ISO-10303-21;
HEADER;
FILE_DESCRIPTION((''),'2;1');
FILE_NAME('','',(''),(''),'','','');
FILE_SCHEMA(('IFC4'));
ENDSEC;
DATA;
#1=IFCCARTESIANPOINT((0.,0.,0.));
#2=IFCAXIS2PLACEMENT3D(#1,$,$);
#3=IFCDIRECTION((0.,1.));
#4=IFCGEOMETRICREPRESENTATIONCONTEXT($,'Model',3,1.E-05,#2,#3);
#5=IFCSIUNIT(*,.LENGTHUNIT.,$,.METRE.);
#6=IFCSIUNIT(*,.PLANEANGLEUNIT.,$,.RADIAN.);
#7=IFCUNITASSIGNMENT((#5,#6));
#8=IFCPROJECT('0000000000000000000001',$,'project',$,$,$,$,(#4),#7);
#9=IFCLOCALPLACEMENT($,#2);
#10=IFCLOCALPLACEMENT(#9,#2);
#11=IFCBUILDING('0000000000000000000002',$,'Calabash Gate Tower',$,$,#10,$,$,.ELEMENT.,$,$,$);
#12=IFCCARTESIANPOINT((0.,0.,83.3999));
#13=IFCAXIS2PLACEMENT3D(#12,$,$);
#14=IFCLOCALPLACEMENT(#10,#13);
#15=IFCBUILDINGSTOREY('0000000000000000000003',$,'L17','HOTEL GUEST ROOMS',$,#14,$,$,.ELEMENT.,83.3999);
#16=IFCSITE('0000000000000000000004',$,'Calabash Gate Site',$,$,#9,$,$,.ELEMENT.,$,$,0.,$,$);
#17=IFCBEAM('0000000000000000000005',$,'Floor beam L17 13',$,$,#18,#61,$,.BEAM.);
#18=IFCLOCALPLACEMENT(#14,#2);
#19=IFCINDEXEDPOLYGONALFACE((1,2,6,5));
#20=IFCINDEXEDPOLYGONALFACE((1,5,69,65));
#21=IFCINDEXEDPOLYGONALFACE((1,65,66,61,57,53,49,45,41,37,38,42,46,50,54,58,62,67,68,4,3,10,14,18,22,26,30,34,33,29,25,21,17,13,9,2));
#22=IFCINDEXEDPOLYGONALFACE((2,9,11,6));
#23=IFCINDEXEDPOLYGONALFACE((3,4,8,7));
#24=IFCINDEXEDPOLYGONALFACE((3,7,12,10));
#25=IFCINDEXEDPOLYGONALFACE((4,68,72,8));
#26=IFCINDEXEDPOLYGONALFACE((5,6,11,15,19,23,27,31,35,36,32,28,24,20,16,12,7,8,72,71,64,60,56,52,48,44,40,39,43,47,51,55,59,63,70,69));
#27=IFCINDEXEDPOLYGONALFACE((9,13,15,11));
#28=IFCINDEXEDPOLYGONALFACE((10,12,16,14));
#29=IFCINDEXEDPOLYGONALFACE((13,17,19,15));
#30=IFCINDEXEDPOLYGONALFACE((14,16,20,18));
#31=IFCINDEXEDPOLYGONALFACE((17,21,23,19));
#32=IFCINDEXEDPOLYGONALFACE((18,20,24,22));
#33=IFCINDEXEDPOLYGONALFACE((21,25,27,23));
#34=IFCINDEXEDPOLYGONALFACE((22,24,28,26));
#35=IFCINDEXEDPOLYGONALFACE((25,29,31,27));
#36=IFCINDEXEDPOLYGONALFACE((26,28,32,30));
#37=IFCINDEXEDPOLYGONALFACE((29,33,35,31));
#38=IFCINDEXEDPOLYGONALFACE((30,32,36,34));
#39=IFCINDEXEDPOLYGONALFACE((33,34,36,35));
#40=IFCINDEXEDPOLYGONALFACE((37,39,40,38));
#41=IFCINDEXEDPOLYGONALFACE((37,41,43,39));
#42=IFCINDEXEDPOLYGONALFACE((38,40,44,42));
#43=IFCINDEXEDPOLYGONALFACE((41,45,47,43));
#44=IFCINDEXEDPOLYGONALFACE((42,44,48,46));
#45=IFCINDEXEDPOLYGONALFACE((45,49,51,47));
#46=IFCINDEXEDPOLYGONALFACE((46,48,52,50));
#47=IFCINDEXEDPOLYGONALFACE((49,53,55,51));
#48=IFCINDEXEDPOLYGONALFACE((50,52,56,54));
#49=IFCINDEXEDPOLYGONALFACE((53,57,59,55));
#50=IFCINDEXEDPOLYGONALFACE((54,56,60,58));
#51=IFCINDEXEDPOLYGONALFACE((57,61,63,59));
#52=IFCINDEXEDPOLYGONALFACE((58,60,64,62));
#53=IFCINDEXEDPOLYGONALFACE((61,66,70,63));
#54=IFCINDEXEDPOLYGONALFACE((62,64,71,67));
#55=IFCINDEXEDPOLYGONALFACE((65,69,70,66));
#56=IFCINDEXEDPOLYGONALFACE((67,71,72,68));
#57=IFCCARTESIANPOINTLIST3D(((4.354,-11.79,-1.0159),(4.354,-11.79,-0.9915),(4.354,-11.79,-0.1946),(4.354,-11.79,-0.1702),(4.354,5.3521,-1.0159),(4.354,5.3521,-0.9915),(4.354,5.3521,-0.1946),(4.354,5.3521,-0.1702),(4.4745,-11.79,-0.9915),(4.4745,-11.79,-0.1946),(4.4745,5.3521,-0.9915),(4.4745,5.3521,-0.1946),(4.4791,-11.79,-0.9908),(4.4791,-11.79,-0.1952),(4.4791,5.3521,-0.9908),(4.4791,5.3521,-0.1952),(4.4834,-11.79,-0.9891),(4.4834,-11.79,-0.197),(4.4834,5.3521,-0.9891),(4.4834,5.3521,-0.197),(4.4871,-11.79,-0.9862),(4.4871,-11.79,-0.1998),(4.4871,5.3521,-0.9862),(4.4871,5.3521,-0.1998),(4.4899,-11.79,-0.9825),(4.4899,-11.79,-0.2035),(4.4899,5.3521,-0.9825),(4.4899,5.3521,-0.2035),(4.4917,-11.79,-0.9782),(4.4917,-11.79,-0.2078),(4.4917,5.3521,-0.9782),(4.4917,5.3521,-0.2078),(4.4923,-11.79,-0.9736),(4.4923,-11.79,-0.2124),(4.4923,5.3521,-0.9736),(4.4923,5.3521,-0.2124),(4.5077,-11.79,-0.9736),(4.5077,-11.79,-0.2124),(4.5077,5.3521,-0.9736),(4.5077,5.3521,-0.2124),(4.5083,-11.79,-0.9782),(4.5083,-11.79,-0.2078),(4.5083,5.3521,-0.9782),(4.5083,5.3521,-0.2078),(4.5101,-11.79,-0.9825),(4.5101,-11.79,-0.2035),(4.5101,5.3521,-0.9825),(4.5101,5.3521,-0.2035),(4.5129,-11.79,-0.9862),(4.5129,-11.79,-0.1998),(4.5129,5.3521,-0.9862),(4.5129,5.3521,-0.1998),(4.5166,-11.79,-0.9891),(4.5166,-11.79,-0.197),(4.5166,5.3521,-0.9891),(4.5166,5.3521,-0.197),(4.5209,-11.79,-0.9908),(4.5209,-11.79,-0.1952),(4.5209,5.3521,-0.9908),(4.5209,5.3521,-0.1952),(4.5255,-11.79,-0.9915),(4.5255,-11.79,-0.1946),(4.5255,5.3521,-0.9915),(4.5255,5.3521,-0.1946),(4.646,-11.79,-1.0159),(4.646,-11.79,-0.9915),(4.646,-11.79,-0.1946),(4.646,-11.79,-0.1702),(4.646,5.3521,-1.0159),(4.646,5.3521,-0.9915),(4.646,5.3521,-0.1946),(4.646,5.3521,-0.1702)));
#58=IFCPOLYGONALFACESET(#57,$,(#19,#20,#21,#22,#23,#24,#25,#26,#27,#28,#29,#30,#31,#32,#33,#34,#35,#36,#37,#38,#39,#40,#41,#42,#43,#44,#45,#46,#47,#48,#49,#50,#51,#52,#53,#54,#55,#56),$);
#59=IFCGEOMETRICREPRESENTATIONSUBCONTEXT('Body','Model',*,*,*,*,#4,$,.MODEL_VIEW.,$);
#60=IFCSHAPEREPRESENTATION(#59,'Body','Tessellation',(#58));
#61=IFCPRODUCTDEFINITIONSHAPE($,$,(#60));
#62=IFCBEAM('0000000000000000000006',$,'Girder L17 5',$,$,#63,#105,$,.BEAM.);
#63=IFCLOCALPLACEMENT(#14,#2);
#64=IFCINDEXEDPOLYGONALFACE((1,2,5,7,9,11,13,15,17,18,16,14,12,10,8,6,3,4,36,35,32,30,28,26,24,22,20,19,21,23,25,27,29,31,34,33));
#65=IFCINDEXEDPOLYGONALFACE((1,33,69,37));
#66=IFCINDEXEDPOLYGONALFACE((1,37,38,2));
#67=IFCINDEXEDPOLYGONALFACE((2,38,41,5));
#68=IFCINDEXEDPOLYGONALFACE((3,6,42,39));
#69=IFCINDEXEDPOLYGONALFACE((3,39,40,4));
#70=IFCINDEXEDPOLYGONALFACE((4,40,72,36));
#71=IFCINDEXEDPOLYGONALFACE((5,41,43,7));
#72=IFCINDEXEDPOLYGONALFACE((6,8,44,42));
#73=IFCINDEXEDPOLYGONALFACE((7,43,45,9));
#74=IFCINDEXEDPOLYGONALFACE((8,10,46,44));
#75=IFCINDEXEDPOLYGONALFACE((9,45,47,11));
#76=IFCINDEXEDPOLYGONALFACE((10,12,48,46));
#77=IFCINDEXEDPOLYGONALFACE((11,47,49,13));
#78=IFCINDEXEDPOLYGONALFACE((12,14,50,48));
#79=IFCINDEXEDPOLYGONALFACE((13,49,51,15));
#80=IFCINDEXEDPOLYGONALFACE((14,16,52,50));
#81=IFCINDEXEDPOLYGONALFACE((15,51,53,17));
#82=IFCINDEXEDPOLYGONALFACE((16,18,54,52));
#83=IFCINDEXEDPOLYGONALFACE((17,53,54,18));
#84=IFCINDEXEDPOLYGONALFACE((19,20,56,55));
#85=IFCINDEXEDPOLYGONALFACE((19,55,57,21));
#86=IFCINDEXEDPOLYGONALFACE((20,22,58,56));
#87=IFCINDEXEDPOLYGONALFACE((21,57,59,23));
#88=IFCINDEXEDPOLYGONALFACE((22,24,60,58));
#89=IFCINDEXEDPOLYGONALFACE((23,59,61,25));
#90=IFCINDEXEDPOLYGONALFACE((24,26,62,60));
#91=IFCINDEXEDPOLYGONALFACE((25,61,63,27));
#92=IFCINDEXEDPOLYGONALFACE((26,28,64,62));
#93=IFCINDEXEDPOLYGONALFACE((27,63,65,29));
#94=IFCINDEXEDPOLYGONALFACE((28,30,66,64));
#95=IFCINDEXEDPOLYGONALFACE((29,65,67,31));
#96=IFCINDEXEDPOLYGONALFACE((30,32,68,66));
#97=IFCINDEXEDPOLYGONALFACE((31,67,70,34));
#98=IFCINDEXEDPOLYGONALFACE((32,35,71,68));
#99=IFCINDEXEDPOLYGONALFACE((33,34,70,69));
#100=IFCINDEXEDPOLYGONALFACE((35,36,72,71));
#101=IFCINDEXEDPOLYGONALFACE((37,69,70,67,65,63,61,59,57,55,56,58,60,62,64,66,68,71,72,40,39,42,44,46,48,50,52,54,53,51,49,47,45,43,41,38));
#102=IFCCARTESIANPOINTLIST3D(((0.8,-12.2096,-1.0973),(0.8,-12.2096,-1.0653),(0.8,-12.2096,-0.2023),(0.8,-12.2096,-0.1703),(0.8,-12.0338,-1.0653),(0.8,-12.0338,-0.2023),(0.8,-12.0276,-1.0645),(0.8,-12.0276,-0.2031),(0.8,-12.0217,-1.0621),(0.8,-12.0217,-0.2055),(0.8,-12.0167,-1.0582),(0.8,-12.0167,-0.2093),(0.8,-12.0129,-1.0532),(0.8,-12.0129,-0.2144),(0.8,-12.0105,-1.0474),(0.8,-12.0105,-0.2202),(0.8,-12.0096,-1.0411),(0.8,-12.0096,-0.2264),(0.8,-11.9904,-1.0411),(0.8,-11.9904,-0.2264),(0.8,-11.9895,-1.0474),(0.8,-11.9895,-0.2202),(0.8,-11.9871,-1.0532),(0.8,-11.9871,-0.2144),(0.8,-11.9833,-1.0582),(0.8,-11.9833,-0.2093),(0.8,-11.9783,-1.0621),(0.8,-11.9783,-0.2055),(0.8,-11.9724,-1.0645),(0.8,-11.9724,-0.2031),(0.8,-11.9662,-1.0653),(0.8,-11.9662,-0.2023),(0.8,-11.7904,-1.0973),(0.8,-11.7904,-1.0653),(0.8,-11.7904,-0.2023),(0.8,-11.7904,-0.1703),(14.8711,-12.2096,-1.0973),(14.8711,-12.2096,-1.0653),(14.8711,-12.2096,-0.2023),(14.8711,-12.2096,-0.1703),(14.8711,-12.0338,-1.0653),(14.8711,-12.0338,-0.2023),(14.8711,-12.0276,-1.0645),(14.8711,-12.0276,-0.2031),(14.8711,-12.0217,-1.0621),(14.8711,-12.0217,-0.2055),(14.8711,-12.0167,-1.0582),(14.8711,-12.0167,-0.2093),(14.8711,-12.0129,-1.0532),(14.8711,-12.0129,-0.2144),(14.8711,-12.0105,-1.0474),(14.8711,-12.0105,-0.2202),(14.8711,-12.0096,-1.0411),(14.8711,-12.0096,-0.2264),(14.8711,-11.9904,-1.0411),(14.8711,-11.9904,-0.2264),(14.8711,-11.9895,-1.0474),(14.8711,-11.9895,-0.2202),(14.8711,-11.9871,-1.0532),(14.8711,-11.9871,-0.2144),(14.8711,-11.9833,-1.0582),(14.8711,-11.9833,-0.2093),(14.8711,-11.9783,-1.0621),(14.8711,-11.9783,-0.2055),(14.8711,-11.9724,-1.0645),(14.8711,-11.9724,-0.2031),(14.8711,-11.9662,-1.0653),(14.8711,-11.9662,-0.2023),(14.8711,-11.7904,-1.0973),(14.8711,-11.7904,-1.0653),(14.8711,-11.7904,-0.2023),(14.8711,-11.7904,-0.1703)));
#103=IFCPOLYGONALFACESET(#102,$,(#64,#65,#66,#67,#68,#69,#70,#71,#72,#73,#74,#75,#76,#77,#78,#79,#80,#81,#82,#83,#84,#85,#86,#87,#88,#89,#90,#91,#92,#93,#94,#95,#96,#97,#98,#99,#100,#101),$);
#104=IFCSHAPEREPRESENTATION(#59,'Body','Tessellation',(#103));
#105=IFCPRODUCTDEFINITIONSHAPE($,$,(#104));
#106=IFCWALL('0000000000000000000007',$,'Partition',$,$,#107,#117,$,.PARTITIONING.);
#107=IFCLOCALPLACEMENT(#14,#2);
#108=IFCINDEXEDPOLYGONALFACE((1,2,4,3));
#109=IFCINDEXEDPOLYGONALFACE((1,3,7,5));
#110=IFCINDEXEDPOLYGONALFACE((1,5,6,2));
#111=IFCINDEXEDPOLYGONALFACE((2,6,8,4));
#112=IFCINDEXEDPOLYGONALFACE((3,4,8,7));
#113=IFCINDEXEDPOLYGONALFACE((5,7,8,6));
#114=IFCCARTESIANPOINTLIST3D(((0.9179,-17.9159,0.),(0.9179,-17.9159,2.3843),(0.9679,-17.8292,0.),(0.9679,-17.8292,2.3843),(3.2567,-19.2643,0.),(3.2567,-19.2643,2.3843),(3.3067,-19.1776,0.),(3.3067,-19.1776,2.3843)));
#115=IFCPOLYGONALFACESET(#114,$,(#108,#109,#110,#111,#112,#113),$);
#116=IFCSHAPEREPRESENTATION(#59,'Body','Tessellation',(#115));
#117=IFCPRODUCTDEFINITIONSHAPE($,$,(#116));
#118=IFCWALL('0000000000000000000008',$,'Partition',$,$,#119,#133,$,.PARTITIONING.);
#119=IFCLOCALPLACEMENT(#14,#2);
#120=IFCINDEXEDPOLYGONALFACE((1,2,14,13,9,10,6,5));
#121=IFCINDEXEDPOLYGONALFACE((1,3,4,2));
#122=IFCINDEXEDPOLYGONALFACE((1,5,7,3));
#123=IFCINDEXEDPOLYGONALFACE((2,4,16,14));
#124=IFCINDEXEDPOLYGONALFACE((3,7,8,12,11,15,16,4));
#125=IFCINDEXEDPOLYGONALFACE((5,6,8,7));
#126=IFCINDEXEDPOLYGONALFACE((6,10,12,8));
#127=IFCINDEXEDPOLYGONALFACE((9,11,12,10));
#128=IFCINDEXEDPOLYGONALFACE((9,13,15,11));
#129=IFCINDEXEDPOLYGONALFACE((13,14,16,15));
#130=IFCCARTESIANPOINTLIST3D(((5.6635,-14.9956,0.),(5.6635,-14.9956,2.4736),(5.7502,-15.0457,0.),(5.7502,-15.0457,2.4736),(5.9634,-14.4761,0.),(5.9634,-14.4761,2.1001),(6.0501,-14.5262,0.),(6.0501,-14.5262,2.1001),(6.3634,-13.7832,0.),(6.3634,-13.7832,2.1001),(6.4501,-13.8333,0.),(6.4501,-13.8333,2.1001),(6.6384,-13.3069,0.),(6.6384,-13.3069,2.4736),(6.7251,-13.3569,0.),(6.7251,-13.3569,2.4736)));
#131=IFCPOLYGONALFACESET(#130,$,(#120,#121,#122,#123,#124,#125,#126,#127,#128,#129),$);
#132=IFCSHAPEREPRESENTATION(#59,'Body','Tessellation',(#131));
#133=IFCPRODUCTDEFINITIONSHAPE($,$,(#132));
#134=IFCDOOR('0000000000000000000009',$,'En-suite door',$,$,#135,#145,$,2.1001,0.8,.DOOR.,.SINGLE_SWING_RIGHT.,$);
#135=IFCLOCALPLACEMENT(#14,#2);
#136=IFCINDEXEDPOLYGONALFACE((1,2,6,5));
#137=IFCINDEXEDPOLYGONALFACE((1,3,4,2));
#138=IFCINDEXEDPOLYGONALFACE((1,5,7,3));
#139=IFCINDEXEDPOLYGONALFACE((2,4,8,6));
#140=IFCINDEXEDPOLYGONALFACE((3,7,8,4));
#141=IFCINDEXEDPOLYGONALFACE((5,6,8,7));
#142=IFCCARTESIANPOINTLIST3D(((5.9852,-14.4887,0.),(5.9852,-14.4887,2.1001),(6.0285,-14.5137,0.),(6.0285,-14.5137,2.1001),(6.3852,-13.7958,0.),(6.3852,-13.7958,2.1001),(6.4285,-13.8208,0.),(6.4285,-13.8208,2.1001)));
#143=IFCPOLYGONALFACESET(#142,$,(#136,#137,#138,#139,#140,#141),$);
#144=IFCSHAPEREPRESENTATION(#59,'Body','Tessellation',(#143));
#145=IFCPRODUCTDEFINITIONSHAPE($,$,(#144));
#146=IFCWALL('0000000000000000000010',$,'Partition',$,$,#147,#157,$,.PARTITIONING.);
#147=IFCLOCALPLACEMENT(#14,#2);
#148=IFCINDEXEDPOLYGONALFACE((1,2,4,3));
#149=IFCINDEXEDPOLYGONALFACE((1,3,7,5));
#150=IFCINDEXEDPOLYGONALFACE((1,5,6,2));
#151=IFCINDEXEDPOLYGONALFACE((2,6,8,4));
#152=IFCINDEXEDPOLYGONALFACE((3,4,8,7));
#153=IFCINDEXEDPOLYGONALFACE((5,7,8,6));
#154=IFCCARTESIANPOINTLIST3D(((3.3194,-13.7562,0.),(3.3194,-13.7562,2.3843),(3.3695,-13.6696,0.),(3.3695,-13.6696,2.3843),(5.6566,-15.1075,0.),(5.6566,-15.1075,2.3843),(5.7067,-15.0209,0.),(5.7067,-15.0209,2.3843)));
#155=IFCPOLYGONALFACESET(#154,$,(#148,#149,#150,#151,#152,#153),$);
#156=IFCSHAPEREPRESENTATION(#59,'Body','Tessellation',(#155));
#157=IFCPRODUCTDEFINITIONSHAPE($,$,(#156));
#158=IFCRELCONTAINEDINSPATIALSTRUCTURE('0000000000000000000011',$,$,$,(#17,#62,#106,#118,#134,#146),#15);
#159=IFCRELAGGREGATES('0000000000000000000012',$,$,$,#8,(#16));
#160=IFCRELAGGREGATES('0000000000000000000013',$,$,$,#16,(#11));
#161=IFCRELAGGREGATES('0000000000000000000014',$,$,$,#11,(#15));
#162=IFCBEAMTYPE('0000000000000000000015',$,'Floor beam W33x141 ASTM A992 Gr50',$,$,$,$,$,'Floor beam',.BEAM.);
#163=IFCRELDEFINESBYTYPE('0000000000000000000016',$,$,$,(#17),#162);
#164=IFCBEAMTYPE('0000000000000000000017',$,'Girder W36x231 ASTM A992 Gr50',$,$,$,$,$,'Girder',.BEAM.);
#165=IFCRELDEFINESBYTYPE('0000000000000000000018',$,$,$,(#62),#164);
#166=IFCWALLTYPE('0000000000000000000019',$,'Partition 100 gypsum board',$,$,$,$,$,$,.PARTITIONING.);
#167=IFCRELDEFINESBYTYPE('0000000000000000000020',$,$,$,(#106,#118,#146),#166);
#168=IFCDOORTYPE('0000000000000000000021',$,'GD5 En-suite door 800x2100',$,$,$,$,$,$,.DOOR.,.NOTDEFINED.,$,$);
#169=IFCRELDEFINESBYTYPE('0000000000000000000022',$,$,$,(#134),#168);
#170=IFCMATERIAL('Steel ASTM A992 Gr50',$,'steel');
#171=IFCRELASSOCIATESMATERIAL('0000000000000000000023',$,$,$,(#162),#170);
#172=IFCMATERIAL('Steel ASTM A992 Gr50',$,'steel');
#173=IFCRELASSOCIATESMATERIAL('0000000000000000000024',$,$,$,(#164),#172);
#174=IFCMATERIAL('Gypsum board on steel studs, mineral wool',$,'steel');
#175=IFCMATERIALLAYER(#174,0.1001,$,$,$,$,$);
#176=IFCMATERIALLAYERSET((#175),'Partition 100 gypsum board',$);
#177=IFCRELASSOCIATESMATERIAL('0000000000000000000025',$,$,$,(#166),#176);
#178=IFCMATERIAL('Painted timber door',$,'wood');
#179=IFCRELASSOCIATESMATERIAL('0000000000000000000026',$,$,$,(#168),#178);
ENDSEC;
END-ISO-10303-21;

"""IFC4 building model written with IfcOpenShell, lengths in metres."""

from ifc_helpers import new_model, si_unit, direction, frame, frame_2d, origin, origin_2d, place, context, subcontext, project, spatial, rectangle, i_section, extrude, material, layer, layer_set, material_profile, profile_set, type_object, element, fill, save


model = new_model("IFC4")

# Units and contexts
model_context = context("Model", 3, precision=1e-05, world=origin(), true_north=direction((0.0, 1.0)))
body_context = subcontext(model_context, "Body", "Model", "MODEL_VIEW")
ifc_project = project(units=[si_unit("LENGTHUNIT", "METRE"), si_unit("PLANEANGLEUNIT", "RADIAN")], contexts=[model_context])

# Site, building, storey
site_placement = place(None, origin())
site = spatial("IfcSite", under=ifc_project, at=site_placement, Name="Calabash Gate Site", CompositionType="ELEMENT", RefElevation=0.0)
building_placement = place(site_placement, origin())
building = spatial("IfcBuilding", under=site, at=building_placement, Name="Calabash Gate Tower", CompositionType="ELEMENT")
storey_placement = place(building_placement, frame((0.0, 0.0, 83.3999)))
storey = spatial("IfcBuildingStorey", under=building, at=storey_placement, Name="L17", Description="HOTEL GUEST ROOMS", CompositionType="ELEMENT", Elevation=83.3999)

# Beams
ifc_material_1 = material(Name="Steel ASTM A992 Gr50", Category="steel")
ifc_material_profile_1 = material_profile(ifc_material_1, i_section(OverallWidth=0.292, OverallDepth=0.8457, WebThickness=0.0154, FlangeThickness=0.0244, FilletRadius=0.0178, at=origin_2d()))
ifc_profile_set_1 = profile_set([ifc_material_profile_1], Name="Steel ASTM A992 Gr50")
beam_type_1 = type_object("IfcBeamType", Name="Floor beam W33x141 ASTM A992 Gr50", ElementType="Floor beam", PredefinedType="BEAM", material=ifc_profile_set_1)
beam_1_placement = place(storey_placement, frame((4.5, -11.79, -0.593), z_axis=(0.0, 1.0, 0.0), x_axis=(-1.0, 0.0, 0.0)))
element("IfcBeam", 1, at=beam_1_placement, inside=storey, type_object=beam_type_1, Name="Floor beam L17 13", PredefinedType="BEAM", context=body_context, shape_type="SweptSolid", body=[
    extrude(i_section(OverallWidth=0.292, OverallDepth=0.8457, WebThickness=0.0154, FlangeThickness=0.0244, FilletRadius=0.0178, at=origin_2d()), origin(), (0.0, 0.0, 1.0), 17.1421),
])
ifc_material_2 = material(Name="Steel ASTM A992 Gr50", Category="steel")
ifc_material_profile_2 = material_profile(ifc_material_2, i_section(OverallWidth=0.4192, OverallDepth=0.927, WebThickness=0.0193, FlangeThickness=0.032, FilletRadius=0.0242, at=origin_2d()))
ifc_profile_set_2 = profile_set([ifc_material_profile_2], Name="Steel ASTM A992 Gr50")
beam_type_2 = type_object("IfcBeamType", Name="Girder W36x231 ASTM A992 Gr50", ElementType="Girder", PredefinedType="BEAM", material=ifc_profile_set_2)
beam_2_placement = place(storey_placement, frame((0.8, -12.0, -0.6338), z_axis=(1.0, 0.0, 0.0), x_axis=(0.0, 1.0, 0.0)))
element("IfcBeam", 2, at=beam_2_placement, inside=storey, type_object=beam_type_2, Name="Girder L17 5", PredefinedType="BEAM", context=body_context, shape_type="SweptSolid", body=[
    extrude(i_section(OverallWidth=0.4192, OverallDepth=0.927, WebThickness=0.0193, FlangeThickness=0.032, FilletRadius=0.0242, at=origin_2d()), origin(), (0.0, 0.0, 1.0), 14.071),
])

# Wall
ifc_material_3 = material(Name="Gypsum board on steel studs, mineral wool", Category="steel")
ifc_layer_1 = layer(ifc_material_3, 0.1001)
ifc_layer_set_1 = layer_set([ifc_layer_1], Name="Partition 100 gypsum board")
wall_type_1 = type_object("IfcWallType", Name="Partition 100 gypsum board", PredefinedType="PARTITIONING", material=ifc_layer_set_1)
wall_1_placement = place(storey_placement, frame((0.9429, -17.8726, 0.0), z_axis=(0.0, 0.0, 1.0), x_axis=(0.866339, -0.499456, 0.0)))
element("IfcWall", 3, at=wall_1_placement, inside=storey, type_object=wall_type_1, Name="Partition", PredefinedType="PARTITIONING", context=body_context, shape_type="SweptSolid", body=[
    extrude(rectangle(XDim=2.6997, YDim=0.1001, at=frame_2d((1.3499, 0.0))), origin(), (0.0, 0.0, 1.0), 2.3843),
])

# Wall, opening, door
wall_2_placement = place(storey_placement, frame((5.7068, -15.0208, 0.0), z_axis=(0.0, 0.0, 1.0), x_axis=(0.49995, 0.866054, 0.0)))
wall_2 = element("IfcWall", 4, at=wall_2_placement, inside=storey, type_object=wall_type_1, Name="Partition", PredefinedType="PARTITIONING", context=body_context, shape_type="SweptSolid", body=[
    extrude(rectangle(XDim=1.95, YDim=0.1001, at=frame_2d((0.9751, 0.0))), origin(), (0.0, 0.0, 1.0), 2.4736),
])
opening_1_placement = place(wall_2_placement, frame((0.6001, 0.0, 0.0)))
opening_1 = element("IfcOpeningElement", 5, at=opening_1_placement, cuts=wall_2, PredefinedType="OPENING", context=body_context, shape_type="SweptSolid", body=[
    extrude(rectangle(XDim=0.8, YDim=2.1001, at=frame_2d((0.3999, 1.05))), frame((0.0, 0.0601, 0.0), z_axis=(0.0, -1.0, 0.0), x_axis=(1.0, 0.0, 0.0)), (0.0, 0.0, 1.0), 0.1201),
])
ifc_material_4 = material(Name="Painted timber door", Category="wood")
door_type_1 = type_object("IfcDoorType", Name="GD5 En-suite door 800x2100", OperationType="NOTDEFINED", PredefinedType="DOOR", material=ifc_material_4)
door_1_placement = place(opening_1_placement, origin())
door_1 = element("IfcDoor", 6, at=door_1_placement, inside=storey, type_object=door_type_1, Name="En-suite door", OperationType="SINGLE_SWING_RIGHT", OverallHeight=2.1001, OverallWidth=0.8, PredefinedType="DOOR", context=body_context, shape_type="SweptSolid", body=[
    extrude(rectangle(XDim=0.8, YDim=2.1001, at=frame_2d((0.3999, 1.05))), frame((0.0, 0.0249, 0.0), z_axis=(0.0, -1.0, 0.0), x_axis=(1.0, 0.0, 0.0)), (0.0, 0.0, 1.0), 0.05),
])
fill(opening_1, door_1)

# Wall
wall_3_placement = place(storey_placement, frame((3.3445, -13.7129, 0.0), z_axis=(0.0, 0.0, 1.0), x_axis=(0.865711, -0.500544, 0.0)))
element("IfcWall", 7, at=wall_3_placement, inside=storey, type_object=wall_type_1, Name="Partition", PredefinedType="PARTITIONING", context=body_context, shape_type="SweptSolid", body=[
    extrude(rectangle(XDim=2.6997, YDim=0.1001, at=frame_2d((1.3499, 0.0))), origin(), (0.0, 0.0, 1.0), 2.3843),
])

save(model, "model.ifc")
